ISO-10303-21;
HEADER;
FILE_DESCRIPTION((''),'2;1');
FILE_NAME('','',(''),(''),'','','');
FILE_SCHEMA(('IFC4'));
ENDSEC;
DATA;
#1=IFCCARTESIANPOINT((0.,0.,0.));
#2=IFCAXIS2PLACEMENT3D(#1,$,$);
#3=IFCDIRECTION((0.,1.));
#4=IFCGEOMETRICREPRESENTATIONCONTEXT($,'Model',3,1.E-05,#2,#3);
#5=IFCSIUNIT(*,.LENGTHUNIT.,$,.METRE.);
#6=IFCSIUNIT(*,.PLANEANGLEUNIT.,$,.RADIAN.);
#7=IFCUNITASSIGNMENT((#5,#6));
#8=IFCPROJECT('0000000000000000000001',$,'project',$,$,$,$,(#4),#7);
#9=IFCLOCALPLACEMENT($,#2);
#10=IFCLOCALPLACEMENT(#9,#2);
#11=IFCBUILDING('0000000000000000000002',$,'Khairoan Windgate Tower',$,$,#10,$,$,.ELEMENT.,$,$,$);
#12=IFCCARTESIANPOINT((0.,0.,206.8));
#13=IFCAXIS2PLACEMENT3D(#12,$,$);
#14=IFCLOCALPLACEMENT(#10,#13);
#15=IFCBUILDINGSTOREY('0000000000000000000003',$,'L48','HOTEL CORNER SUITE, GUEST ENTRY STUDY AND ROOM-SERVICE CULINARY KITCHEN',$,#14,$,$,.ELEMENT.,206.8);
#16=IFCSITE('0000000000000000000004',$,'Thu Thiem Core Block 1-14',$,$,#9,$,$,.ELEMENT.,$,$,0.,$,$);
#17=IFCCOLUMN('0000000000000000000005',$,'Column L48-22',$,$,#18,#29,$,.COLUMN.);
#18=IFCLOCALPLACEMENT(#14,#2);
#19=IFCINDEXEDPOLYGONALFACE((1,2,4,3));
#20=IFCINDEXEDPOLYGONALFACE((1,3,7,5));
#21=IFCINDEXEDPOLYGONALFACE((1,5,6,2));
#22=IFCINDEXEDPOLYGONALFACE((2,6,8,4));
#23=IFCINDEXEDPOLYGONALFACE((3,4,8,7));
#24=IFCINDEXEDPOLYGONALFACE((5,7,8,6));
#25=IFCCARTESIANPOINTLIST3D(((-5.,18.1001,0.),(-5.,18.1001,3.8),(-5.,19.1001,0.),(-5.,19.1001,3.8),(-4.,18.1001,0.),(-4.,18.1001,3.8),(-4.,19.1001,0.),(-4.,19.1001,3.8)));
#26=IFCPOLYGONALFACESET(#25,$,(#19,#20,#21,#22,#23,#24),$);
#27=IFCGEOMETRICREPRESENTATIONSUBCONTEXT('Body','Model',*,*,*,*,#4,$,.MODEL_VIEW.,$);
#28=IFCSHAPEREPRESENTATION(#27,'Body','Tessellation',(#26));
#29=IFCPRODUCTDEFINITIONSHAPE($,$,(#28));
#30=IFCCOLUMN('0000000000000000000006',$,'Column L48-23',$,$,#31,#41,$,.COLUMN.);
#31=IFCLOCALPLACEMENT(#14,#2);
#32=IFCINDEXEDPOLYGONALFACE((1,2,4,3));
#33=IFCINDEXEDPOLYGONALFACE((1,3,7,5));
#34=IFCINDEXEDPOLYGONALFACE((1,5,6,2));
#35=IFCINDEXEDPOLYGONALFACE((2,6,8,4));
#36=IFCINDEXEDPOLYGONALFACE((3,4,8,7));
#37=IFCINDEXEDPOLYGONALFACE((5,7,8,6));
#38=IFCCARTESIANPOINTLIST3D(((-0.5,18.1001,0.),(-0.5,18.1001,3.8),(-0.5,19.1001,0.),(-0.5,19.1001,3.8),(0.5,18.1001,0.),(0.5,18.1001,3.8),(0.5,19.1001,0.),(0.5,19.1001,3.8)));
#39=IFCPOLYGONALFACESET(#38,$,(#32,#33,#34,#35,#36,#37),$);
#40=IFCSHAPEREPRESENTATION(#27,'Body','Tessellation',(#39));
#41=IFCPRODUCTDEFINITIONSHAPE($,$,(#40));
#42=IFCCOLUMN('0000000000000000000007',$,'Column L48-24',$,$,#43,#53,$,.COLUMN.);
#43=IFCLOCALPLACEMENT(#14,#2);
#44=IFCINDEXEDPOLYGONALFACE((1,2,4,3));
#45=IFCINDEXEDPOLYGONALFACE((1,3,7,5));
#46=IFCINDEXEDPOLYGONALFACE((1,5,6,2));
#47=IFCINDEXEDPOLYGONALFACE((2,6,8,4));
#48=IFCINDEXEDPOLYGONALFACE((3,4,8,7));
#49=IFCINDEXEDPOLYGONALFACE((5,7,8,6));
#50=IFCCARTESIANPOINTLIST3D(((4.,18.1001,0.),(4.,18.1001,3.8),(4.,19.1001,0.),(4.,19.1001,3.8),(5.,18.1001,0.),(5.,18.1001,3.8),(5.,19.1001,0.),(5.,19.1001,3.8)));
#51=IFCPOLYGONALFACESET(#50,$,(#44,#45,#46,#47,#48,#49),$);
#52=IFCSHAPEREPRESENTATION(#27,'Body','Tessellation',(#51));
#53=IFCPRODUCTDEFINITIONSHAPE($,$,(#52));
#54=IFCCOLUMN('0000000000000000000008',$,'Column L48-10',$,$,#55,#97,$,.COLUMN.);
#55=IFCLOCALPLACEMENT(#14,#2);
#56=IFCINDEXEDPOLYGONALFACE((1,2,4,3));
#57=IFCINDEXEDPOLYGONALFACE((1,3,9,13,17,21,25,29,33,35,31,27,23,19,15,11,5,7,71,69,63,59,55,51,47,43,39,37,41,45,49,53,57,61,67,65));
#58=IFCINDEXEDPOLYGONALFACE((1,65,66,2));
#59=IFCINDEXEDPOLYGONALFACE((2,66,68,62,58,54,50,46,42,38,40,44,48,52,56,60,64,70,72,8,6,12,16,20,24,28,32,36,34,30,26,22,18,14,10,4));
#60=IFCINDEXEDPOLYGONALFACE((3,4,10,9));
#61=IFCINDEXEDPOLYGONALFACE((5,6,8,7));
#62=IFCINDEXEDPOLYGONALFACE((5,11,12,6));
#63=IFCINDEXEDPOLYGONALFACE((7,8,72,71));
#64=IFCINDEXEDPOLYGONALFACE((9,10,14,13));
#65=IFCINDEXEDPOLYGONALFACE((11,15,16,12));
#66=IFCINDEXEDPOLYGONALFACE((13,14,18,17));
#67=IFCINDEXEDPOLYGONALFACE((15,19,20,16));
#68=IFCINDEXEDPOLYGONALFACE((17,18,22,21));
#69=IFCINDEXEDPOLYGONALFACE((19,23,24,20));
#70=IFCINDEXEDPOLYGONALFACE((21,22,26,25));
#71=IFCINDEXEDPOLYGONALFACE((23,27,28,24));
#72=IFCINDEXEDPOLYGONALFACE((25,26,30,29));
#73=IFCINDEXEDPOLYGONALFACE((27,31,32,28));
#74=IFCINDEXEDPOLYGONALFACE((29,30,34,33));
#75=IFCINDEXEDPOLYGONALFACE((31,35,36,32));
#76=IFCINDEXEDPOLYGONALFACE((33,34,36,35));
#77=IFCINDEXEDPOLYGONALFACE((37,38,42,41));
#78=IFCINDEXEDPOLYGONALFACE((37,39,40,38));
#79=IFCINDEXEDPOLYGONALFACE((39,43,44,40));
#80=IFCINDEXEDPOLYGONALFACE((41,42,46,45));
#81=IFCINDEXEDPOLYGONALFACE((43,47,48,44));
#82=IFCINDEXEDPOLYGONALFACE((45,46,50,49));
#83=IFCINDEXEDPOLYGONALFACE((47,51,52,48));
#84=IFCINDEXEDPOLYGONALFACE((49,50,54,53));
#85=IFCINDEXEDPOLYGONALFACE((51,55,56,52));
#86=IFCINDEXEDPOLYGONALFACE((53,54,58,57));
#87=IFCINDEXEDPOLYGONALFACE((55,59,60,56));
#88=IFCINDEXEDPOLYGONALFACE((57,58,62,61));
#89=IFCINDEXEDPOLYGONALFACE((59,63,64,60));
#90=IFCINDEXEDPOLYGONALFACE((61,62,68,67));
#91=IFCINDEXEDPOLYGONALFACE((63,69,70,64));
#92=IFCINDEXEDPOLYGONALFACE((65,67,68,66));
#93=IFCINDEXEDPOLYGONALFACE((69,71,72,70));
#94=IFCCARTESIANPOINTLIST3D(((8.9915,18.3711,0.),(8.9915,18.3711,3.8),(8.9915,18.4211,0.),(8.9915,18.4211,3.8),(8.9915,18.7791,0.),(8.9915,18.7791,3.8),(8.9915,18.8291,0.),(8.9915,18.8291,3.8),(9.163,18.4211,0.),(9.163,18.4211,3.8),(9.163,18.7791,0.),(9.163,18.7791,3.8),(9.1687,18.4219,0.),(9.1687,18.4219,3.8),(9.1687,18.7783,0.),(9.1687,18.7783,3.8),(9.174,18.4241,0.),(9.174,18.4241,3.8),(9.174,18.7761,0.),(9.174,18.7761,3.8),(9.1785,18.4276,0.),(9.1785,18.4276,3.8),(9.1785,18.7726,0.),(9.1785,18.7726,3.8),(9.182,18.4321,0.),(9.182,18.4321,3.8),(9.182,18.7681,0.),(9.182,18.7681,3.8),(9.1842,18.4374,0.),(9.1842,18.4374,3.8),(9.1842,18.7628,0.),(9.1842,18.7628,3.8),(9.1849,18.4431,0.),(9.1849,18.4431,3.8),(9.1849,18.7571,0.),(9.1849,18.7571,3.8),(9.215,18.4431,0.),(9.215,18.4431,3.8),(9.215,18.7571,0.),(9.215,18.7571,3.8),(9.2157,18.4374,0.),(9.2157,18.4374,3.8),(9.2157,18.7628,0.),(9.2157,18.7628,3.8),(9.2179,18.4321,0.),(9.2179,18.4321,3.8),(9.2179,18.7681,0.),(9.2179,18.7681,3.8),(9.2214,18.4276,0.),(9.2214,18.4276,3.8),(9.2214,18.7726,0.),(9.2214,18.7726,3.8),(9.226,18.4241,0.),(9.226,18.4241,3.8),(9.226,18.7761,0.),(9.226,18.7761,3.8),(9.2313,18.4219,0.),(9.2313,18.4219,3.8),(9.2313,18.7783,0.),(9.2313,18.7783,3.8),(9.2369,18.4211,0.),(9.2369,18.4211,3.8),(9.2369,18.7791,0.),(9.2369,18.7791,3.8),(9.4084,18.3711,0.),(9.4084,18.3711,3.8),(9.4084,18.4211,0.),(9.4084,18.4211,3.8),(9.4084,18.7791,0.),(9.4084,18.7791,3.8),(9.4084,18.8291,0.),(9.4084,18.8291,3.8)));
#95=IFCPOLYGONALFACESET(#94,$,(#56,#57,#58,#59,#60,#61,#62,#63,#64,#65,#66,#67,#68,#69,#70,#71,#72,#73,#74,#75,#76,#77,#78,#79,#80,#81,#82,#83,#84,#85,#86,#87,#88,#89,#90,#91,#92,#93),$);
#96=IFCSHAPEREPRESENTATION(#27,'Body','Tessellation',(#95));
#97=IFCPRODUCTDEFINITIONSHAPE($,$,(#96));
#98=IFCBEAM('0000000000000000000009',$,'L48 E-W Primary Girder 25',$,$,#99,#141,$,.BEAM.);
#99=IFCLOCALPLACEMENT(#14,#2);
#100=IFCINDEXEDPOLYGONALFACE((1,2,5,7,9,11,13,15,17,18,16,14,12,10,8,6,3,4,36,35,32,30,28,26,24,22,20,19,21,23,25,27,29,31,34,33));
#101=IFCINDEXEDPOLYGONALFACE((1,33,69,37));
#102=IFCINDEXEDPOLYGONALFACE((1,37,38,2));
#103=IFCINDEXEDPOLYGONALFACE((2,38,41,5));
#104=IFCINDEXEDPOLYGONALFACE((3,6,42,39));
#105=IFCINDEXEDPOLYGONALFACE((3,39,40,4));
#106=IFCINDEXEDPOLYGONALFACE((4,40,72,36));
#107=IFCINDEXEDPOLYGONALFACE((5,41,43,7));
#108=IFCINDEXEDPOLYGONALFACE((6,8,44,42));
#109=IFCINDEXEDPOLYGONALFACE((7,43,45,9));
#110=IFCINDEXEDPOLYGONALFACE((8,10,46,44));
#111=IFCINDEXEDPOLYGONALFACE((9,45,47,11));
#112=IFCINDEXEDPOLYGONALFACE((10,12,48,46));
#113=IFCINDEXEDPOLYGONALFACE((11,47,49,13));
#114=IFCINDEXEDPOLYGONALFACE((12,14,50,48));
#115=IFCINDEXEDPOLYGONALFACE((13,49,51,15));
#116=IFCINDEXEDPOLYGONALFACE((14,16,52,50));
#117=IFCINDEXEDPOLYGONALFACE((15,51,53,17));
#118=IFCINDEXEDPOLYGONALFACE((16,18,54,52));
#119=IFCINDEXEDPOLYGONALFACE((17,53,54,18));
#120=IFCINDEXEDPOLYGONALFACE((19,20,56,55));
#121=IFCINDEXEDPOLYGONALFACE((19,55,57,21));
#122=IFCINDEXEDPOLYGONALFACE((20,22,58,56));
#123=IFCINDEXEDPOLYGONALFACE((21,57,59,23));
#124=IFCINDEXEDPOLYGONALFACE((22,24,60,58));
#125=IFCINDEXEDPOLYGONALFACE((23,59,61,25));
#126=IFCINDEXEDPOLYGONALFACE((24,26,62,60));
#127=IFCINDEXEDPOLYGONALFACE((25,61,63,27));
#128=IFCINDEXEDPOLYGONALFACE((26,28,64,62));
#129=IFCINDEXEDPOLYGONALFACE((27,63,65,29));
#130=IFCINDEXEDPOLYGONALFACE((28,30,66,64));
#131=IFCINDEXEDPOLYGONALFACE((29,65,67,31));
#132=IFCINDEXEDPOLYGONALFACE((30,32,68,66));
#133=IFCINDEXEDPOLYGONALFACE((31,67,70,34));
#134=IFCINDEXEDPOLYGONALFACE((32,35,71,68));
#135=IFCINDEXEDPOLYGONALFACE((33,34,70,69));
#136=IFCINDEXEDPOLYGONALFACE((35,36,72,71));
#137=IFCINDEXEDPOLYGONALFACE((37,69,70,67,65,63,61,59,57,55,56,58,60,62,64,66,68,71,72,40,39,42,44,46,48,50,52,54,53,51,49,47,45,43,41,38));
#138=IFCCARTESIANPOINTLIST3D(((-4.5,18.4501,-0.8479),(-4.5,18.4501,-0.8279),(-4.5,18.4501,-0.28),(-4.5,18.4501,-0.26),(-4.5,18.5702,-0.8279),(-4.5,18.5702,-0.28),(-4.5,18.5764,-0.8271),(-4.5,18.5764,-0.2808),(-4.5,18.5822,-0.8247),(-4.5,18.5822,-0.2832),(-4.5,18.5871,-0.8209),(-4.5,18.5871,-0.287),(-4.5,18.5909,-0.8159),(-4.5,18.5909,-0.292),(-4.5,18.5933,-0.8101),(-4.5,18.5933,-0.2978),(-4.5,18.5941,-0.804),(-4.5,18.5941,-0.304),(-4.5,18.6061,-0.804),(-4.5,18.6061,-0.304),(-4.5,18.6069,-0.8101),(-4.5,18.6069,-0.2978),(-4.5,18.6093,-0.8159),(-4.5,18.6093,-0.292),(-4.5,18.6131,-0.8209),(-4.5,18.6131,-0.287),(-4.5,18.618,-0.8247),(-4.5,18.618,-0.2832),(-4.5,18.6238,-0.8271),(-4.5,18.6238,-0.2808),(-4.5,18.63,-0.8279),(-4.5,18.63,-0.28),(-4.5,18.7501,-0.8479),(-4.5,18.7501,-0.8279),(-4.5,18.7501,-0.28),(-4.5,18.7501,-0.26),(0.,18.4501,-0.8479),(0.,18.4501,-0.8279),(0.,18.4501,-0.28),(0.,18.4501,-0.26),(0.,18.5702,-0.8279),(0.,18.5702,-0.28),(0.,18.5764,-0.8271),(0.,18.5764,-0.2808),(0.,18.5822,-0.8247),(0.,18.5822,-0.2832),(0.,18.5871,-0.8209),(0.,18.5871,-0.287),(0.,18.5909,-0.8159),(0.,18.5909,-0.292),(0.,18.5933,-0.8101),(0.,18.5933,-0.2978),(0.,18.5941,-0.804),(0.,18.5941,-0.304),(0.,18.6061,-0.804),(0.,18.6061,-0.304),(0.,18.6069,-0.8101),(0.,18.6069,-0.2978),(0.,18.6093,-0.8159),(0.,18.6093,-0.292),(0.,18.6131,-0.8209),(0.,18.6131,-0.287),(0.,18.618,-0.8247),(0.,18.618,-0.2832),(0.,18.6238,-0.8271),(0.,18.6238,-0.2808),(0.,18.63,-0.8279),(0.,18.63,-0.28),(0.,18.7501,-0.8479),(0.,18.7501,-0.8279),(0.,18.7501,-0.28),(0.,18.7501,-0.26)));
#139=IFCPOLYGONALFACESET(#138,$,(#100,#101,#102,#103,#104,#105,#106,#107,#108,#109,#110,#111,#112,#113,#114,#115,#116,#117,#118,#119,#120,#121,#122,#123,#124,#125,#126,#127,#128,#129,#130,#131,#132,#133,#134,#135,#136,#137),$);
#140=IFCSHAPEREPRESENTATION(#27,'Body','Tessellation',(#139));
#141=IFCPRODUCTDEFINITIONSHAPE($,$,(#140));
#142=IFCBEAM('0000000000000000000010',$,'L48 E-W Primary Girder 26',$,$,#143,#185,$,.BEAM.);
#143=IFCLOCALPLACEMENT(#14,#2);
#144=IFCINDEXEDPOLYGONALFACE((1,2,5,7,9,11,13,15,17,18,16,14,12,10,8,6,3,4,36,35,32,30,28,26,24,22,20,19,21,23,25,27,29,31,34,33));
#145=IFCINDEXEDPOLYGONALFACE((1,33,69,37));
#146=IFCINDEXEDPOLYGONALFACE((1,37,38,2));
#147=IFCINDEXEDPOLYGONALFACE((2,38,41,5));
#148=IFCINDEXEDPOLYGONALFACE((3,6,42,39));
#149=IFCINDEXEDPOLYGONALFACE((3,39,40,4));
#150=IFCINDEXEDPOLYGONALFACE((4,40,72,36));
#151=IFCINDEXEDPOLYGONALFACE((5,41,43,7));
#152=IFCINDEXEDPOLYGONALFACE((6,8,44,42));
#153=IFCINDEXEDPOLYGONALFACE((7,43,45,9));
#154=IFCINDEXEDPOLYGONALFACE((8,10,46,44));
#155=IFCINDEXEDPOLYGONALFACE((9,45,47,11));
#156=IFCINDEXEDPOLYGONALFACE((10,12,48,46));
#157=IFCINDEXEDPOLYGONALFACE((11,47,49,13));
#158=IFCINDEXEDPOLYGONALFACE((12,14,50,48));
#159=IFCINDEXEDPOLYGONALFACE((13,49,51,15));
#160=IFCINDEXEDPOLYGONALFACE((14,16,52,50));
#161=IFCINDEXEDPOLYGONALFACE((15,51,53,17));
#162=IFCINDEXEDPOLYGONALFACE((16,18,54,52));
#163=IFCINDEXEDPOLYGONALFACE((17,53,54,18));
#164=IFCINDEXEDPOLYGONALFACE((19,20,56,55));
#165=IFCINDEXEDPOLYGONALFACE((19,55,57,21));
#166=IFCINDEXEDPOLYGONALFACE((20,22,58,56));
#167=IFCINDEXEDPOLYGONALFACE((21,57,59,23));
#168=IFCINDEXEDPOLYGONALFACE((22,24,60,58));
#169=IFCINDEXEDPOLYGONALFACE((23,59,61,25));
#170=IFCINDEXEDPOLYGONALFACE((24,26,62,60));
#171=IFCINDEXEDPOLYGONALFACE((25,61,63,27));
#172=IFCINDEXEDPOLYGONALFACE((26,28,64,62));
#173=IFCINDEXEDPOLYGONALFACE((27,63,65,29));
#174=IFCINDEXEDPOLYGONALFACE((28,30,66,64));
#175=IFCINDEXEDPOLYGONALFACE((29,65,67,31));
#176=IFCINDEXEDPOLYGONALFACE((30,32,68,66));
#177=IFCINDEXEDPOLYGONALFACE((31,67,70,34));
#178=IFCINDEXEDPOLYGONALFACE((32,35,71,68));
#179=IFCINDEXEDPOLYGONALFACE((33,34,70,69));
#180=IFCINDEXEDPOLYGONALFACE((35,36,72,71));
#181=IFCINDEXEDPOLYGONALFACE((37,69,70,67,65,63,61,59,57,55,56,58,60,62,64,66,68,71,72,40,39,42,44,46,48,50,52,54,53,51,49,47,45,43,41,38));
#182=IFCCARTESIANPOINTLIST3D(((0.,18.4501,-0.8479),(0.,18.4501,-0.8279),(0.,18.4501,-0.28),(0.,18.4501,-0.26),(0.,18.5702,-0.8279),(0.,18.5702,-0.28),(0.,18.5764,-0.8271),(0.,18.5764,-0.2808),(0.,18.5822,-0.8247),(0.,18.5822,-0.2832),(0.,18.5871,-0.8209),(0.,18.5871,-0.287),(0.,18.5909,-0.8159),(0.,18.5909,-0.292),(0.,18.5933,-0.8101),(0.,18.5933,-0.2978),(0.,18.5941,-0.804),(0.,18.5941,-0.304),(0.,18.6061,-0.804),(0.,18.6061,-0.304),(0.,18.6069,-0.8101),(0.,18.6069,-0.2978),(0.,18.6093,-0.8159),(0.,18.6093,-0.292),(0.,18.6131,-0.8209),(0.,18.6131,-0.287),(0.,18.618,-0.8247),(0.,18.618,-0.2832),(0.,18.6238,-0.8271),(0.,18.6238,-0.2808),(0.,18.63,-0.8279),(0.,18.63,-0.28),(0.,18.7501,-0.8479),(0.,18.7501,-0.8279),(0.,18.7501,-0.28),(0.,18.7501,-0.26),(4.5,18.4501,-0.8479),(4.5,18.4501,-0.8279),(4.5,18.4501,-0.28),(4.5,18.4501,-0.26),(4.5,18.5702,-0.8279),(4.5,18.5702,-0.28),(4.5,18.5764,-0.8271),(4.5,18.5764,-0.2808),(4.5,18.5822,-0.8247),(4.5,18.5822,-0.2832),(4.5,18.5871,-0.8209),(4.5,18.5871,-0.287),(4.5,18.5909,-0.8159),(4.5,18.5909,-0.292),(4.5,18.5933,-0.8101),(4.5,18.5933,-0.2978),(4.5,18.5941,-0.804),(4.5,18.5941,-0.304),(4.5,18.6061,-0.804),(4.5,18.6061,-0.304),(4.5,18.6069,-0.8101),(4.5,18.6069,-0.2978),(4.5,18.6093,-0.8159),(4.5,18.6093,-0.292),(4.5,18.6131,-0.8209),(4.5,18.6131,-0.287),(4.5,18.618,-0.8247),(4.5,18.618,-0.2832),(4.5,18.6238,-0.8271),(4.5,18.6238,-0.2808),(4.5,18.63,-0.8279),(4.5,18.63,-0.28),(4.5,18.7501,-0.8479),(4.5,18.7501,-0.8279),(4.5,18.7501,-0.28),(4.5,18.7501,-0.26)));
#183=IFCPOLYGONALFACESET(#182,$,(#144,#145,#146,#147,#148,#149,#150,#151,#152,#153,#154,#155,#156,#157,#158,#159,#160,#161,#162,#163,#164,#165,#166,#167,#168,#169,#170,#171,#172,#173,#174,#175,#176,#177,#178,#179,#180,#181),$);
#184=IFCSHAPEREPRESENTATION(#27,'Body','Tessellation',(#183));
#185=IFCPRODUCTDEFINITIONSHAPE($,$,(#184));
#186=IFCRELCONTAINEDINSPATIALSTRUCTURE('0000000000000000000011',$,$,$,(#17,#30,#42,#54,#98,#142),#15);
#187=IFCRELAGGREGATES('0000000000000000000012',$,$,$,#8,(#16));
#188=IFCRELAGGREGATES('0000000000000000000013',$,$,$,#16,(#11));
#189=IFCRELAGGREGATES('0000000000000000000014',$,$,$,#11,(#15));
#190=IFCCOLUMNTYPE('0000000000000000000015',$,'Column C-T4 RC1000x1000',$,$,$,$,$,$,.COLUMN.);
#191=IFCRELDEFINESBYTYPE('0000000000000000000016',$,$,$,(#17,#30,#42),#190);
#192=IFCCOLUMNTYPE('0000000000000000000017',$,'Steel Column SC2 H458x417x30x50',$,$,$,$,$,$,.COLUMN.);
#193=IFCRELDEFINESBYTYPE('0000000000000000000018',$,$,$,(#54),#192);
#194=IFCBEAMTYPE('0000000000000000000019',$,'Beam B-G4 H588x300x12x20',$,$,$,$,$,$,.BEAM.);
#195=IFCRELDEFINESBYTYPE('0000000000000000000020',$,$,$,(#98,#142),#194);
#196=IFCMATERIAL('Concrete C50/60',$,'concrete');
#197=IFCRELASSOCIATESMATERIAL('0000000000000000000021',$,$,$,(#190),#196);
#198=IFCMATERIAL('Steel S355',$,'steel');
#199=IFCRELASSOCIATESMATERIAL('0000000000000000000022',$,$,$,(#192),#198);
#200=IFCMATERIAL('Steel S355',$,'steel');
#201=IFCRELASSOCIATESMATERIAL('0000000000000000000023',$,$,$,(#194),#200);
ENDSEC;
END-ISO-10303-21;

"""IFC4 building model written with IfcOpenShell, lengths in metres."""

from ifc_helpers import new_model, si_unit, direction, frame, origin, origin_2d, place, context, subcontext, project, spatial, rectangle, i_section, extrude, material, material_profile, profile_set, type_object, element, save


model = new_model("IFC4")

# Units and contexts
model_context = context("Model", 3, precision=1e-05, world=origin(), true_north=direction((0.0, 1.0)))
body_context = subcontext(model_context, "Body", "Model", "MODEL_VIEW")
ifc_project = project(units=[si_unit("LENGTHUNIT", "METRE"), si_unit("PLANEANGLEUNIT", "RADIAN")], contexts=[model_context])

# Site, building, storey
site_placement = place(None, origin())
site = spatial("IfcSite", under=ifc_project, at=site_placement, Name="Thu Thiem Core Block 1-14", CompositionType="ELEMENT", RefElevation=0.0)
building_placement = place(site_placement, origin())
building = spatial("IfcBuilding", under=site, at=building_placement, Name="Khairoan Windgate Tower", CompositionType="ELEMENT")
storey_placement = place(building_placement, frame((0.0, 0.0, 206.8)))
storey = spatial("IfcBuildingStorey", under=building, at=storey_placement, Name="L48", Description="HOTEL CORNER SUITE, GUEST ENTRY STUDY AND ROOM-SERVICE CULINARY KITCHEN", CompositionType="ELEMENT", Elevation=206.8)

# Columns
ifc_material_1 = material(Name="Concrete C50/60", Category="concrete")
ifc_material_profile_1 = material_profile(ifc_material_1, rectangle(XDim=1.0, YDim=1.0, at=origin_2d()))
ifc_profile_set_1 = profile_set([ifc_material_profile_1], Name="Concrete C50/60")
column_type_1 = type_object("IfcColumnType", Name="Column C-T4 RC1000x1000", PredefinedType="COLUMN", material=ifc_profile_set_1)
for number, where, z_axis, x_axis, name in (
    (1, (-4.5, 18.6001, 0.0), (0.0, 0.0, 1.0), (1.0, 0.0, 0.0), "Column L48-22"),
    (2, (0.0, 18.6001, 0.0), (0.0, 0.0, 1.0), (1.0, 0.0, 0.0), "Column L48-23"),
    (3, (4.5, 18.6001, 0.0), (0.0, 0.0, 1.0), (1.0, 0.0, 0.0), "Column L48-24"),
):
    element("IfcColumn", number, at=place(storey_placement, frame(where, z_axis=z_axis, x_axis=x_axis)), inside=storey, type_object=column_type_1, Name=name, PredefinedType="COLUMN", context=body_context, shape_type="SweptSolid", body=[
        extrude(rectangle(XDim=1.0, YDim=1.0, at=origin_2d()), origin(), (0.0, 0.0, 1.0), 3.8),
    ])
ifc_material_2 = material(Name="Steel S355", Category="steel")
ifc_material_profile_2 = material_profile(ifc_material_2, i_section(OverallWidth=0.417, OverallDepth=0.458, WebThickness=0.03, FlangeThickness=0.05, FilletRadius=0.022, at=origin_2d()))
ifc_profile_set_2 = profile_set([ifc_material_profile_2], Name="Steel S355")
column_type_2 = type_object("IfcColumnType", Name="Steel Column SC2 H458x417x30x50", PredefinedType="COLUMN", material=ifc_profile_set_2)
column_placement = place(storey_placement, frame((9.2, 18.6001, 0.0), z_axis=(0.0, 0.0, 1.0), x_axis=(1.0, 0.0, 0.0)))
element("IfcColumn", 4, at=column_placement, inside=storey, type_object=column_type_2, Name="Column L48-10", PredefinedType="COLUMN", context=body_context, shape_type="SweptSolid", body=[
    extrude(i_section(OverallWidth=0.417, OverallDepth=0.458, WebThickness=0.03, FlangeThickness=0.05, FilletRadius=0.022, at=origin_2d()), origin(), (0.0, 0.0, 1.0), 3.8),
])

# Beams
ifc_material_3 = material(Name="Steel S355", Category="steel")
ifc_material_profile_3 = material_profile(ifc_material_3, i_section(OverallWidth=0.3, OverallDepth=0.5879, WebThickness=0.012, FlangeThickness=0.02, FilletRadius=0.0239, at=origin_2d()))
ifc_profile_set_3 = profile_set([ifc_material_profile_3], Name="Steel S355")
beam_type = type_object("IfcBeamType", Name="Beam B-G4 H588x300x12x20", PredefinedType="BEAM", material=ifc_profile_set_3)
for number, where, z_axis, x_axis, name in (
    (5, (-4.5, 18.6001, -0.554), (1.0, 0.0, 0.0), (0.0, 1.0, 0.0), "L48 E-W Primary Girder 25"),
    (6, (0.0, 18.6001, -0.554), (1.0, 0.0, 0.0), (0.0, 1.0, 0.0), "L48 E-W Primary Girder 26"),
):
    element("IfcBeam", number, at=place(storey_placement, frame(where, z_axis=z_axis, x_axis=x_axis)), inside=storey, type_object=beam_type, Name=name, PredefinedType="BEAM", context=body_context, shape_type="SweptSolid", body=[
        extrude(i_section(OverallWidth=0.3, OverallDepth=0.5879, WebThickness=0.012, FlangeThickness=0.02, FilletRadius=0.0239, at=origin_2d()), origin(), (0.0, 0.0, 1.0), 4.5),
    ])

save(model, "model.ifc")
